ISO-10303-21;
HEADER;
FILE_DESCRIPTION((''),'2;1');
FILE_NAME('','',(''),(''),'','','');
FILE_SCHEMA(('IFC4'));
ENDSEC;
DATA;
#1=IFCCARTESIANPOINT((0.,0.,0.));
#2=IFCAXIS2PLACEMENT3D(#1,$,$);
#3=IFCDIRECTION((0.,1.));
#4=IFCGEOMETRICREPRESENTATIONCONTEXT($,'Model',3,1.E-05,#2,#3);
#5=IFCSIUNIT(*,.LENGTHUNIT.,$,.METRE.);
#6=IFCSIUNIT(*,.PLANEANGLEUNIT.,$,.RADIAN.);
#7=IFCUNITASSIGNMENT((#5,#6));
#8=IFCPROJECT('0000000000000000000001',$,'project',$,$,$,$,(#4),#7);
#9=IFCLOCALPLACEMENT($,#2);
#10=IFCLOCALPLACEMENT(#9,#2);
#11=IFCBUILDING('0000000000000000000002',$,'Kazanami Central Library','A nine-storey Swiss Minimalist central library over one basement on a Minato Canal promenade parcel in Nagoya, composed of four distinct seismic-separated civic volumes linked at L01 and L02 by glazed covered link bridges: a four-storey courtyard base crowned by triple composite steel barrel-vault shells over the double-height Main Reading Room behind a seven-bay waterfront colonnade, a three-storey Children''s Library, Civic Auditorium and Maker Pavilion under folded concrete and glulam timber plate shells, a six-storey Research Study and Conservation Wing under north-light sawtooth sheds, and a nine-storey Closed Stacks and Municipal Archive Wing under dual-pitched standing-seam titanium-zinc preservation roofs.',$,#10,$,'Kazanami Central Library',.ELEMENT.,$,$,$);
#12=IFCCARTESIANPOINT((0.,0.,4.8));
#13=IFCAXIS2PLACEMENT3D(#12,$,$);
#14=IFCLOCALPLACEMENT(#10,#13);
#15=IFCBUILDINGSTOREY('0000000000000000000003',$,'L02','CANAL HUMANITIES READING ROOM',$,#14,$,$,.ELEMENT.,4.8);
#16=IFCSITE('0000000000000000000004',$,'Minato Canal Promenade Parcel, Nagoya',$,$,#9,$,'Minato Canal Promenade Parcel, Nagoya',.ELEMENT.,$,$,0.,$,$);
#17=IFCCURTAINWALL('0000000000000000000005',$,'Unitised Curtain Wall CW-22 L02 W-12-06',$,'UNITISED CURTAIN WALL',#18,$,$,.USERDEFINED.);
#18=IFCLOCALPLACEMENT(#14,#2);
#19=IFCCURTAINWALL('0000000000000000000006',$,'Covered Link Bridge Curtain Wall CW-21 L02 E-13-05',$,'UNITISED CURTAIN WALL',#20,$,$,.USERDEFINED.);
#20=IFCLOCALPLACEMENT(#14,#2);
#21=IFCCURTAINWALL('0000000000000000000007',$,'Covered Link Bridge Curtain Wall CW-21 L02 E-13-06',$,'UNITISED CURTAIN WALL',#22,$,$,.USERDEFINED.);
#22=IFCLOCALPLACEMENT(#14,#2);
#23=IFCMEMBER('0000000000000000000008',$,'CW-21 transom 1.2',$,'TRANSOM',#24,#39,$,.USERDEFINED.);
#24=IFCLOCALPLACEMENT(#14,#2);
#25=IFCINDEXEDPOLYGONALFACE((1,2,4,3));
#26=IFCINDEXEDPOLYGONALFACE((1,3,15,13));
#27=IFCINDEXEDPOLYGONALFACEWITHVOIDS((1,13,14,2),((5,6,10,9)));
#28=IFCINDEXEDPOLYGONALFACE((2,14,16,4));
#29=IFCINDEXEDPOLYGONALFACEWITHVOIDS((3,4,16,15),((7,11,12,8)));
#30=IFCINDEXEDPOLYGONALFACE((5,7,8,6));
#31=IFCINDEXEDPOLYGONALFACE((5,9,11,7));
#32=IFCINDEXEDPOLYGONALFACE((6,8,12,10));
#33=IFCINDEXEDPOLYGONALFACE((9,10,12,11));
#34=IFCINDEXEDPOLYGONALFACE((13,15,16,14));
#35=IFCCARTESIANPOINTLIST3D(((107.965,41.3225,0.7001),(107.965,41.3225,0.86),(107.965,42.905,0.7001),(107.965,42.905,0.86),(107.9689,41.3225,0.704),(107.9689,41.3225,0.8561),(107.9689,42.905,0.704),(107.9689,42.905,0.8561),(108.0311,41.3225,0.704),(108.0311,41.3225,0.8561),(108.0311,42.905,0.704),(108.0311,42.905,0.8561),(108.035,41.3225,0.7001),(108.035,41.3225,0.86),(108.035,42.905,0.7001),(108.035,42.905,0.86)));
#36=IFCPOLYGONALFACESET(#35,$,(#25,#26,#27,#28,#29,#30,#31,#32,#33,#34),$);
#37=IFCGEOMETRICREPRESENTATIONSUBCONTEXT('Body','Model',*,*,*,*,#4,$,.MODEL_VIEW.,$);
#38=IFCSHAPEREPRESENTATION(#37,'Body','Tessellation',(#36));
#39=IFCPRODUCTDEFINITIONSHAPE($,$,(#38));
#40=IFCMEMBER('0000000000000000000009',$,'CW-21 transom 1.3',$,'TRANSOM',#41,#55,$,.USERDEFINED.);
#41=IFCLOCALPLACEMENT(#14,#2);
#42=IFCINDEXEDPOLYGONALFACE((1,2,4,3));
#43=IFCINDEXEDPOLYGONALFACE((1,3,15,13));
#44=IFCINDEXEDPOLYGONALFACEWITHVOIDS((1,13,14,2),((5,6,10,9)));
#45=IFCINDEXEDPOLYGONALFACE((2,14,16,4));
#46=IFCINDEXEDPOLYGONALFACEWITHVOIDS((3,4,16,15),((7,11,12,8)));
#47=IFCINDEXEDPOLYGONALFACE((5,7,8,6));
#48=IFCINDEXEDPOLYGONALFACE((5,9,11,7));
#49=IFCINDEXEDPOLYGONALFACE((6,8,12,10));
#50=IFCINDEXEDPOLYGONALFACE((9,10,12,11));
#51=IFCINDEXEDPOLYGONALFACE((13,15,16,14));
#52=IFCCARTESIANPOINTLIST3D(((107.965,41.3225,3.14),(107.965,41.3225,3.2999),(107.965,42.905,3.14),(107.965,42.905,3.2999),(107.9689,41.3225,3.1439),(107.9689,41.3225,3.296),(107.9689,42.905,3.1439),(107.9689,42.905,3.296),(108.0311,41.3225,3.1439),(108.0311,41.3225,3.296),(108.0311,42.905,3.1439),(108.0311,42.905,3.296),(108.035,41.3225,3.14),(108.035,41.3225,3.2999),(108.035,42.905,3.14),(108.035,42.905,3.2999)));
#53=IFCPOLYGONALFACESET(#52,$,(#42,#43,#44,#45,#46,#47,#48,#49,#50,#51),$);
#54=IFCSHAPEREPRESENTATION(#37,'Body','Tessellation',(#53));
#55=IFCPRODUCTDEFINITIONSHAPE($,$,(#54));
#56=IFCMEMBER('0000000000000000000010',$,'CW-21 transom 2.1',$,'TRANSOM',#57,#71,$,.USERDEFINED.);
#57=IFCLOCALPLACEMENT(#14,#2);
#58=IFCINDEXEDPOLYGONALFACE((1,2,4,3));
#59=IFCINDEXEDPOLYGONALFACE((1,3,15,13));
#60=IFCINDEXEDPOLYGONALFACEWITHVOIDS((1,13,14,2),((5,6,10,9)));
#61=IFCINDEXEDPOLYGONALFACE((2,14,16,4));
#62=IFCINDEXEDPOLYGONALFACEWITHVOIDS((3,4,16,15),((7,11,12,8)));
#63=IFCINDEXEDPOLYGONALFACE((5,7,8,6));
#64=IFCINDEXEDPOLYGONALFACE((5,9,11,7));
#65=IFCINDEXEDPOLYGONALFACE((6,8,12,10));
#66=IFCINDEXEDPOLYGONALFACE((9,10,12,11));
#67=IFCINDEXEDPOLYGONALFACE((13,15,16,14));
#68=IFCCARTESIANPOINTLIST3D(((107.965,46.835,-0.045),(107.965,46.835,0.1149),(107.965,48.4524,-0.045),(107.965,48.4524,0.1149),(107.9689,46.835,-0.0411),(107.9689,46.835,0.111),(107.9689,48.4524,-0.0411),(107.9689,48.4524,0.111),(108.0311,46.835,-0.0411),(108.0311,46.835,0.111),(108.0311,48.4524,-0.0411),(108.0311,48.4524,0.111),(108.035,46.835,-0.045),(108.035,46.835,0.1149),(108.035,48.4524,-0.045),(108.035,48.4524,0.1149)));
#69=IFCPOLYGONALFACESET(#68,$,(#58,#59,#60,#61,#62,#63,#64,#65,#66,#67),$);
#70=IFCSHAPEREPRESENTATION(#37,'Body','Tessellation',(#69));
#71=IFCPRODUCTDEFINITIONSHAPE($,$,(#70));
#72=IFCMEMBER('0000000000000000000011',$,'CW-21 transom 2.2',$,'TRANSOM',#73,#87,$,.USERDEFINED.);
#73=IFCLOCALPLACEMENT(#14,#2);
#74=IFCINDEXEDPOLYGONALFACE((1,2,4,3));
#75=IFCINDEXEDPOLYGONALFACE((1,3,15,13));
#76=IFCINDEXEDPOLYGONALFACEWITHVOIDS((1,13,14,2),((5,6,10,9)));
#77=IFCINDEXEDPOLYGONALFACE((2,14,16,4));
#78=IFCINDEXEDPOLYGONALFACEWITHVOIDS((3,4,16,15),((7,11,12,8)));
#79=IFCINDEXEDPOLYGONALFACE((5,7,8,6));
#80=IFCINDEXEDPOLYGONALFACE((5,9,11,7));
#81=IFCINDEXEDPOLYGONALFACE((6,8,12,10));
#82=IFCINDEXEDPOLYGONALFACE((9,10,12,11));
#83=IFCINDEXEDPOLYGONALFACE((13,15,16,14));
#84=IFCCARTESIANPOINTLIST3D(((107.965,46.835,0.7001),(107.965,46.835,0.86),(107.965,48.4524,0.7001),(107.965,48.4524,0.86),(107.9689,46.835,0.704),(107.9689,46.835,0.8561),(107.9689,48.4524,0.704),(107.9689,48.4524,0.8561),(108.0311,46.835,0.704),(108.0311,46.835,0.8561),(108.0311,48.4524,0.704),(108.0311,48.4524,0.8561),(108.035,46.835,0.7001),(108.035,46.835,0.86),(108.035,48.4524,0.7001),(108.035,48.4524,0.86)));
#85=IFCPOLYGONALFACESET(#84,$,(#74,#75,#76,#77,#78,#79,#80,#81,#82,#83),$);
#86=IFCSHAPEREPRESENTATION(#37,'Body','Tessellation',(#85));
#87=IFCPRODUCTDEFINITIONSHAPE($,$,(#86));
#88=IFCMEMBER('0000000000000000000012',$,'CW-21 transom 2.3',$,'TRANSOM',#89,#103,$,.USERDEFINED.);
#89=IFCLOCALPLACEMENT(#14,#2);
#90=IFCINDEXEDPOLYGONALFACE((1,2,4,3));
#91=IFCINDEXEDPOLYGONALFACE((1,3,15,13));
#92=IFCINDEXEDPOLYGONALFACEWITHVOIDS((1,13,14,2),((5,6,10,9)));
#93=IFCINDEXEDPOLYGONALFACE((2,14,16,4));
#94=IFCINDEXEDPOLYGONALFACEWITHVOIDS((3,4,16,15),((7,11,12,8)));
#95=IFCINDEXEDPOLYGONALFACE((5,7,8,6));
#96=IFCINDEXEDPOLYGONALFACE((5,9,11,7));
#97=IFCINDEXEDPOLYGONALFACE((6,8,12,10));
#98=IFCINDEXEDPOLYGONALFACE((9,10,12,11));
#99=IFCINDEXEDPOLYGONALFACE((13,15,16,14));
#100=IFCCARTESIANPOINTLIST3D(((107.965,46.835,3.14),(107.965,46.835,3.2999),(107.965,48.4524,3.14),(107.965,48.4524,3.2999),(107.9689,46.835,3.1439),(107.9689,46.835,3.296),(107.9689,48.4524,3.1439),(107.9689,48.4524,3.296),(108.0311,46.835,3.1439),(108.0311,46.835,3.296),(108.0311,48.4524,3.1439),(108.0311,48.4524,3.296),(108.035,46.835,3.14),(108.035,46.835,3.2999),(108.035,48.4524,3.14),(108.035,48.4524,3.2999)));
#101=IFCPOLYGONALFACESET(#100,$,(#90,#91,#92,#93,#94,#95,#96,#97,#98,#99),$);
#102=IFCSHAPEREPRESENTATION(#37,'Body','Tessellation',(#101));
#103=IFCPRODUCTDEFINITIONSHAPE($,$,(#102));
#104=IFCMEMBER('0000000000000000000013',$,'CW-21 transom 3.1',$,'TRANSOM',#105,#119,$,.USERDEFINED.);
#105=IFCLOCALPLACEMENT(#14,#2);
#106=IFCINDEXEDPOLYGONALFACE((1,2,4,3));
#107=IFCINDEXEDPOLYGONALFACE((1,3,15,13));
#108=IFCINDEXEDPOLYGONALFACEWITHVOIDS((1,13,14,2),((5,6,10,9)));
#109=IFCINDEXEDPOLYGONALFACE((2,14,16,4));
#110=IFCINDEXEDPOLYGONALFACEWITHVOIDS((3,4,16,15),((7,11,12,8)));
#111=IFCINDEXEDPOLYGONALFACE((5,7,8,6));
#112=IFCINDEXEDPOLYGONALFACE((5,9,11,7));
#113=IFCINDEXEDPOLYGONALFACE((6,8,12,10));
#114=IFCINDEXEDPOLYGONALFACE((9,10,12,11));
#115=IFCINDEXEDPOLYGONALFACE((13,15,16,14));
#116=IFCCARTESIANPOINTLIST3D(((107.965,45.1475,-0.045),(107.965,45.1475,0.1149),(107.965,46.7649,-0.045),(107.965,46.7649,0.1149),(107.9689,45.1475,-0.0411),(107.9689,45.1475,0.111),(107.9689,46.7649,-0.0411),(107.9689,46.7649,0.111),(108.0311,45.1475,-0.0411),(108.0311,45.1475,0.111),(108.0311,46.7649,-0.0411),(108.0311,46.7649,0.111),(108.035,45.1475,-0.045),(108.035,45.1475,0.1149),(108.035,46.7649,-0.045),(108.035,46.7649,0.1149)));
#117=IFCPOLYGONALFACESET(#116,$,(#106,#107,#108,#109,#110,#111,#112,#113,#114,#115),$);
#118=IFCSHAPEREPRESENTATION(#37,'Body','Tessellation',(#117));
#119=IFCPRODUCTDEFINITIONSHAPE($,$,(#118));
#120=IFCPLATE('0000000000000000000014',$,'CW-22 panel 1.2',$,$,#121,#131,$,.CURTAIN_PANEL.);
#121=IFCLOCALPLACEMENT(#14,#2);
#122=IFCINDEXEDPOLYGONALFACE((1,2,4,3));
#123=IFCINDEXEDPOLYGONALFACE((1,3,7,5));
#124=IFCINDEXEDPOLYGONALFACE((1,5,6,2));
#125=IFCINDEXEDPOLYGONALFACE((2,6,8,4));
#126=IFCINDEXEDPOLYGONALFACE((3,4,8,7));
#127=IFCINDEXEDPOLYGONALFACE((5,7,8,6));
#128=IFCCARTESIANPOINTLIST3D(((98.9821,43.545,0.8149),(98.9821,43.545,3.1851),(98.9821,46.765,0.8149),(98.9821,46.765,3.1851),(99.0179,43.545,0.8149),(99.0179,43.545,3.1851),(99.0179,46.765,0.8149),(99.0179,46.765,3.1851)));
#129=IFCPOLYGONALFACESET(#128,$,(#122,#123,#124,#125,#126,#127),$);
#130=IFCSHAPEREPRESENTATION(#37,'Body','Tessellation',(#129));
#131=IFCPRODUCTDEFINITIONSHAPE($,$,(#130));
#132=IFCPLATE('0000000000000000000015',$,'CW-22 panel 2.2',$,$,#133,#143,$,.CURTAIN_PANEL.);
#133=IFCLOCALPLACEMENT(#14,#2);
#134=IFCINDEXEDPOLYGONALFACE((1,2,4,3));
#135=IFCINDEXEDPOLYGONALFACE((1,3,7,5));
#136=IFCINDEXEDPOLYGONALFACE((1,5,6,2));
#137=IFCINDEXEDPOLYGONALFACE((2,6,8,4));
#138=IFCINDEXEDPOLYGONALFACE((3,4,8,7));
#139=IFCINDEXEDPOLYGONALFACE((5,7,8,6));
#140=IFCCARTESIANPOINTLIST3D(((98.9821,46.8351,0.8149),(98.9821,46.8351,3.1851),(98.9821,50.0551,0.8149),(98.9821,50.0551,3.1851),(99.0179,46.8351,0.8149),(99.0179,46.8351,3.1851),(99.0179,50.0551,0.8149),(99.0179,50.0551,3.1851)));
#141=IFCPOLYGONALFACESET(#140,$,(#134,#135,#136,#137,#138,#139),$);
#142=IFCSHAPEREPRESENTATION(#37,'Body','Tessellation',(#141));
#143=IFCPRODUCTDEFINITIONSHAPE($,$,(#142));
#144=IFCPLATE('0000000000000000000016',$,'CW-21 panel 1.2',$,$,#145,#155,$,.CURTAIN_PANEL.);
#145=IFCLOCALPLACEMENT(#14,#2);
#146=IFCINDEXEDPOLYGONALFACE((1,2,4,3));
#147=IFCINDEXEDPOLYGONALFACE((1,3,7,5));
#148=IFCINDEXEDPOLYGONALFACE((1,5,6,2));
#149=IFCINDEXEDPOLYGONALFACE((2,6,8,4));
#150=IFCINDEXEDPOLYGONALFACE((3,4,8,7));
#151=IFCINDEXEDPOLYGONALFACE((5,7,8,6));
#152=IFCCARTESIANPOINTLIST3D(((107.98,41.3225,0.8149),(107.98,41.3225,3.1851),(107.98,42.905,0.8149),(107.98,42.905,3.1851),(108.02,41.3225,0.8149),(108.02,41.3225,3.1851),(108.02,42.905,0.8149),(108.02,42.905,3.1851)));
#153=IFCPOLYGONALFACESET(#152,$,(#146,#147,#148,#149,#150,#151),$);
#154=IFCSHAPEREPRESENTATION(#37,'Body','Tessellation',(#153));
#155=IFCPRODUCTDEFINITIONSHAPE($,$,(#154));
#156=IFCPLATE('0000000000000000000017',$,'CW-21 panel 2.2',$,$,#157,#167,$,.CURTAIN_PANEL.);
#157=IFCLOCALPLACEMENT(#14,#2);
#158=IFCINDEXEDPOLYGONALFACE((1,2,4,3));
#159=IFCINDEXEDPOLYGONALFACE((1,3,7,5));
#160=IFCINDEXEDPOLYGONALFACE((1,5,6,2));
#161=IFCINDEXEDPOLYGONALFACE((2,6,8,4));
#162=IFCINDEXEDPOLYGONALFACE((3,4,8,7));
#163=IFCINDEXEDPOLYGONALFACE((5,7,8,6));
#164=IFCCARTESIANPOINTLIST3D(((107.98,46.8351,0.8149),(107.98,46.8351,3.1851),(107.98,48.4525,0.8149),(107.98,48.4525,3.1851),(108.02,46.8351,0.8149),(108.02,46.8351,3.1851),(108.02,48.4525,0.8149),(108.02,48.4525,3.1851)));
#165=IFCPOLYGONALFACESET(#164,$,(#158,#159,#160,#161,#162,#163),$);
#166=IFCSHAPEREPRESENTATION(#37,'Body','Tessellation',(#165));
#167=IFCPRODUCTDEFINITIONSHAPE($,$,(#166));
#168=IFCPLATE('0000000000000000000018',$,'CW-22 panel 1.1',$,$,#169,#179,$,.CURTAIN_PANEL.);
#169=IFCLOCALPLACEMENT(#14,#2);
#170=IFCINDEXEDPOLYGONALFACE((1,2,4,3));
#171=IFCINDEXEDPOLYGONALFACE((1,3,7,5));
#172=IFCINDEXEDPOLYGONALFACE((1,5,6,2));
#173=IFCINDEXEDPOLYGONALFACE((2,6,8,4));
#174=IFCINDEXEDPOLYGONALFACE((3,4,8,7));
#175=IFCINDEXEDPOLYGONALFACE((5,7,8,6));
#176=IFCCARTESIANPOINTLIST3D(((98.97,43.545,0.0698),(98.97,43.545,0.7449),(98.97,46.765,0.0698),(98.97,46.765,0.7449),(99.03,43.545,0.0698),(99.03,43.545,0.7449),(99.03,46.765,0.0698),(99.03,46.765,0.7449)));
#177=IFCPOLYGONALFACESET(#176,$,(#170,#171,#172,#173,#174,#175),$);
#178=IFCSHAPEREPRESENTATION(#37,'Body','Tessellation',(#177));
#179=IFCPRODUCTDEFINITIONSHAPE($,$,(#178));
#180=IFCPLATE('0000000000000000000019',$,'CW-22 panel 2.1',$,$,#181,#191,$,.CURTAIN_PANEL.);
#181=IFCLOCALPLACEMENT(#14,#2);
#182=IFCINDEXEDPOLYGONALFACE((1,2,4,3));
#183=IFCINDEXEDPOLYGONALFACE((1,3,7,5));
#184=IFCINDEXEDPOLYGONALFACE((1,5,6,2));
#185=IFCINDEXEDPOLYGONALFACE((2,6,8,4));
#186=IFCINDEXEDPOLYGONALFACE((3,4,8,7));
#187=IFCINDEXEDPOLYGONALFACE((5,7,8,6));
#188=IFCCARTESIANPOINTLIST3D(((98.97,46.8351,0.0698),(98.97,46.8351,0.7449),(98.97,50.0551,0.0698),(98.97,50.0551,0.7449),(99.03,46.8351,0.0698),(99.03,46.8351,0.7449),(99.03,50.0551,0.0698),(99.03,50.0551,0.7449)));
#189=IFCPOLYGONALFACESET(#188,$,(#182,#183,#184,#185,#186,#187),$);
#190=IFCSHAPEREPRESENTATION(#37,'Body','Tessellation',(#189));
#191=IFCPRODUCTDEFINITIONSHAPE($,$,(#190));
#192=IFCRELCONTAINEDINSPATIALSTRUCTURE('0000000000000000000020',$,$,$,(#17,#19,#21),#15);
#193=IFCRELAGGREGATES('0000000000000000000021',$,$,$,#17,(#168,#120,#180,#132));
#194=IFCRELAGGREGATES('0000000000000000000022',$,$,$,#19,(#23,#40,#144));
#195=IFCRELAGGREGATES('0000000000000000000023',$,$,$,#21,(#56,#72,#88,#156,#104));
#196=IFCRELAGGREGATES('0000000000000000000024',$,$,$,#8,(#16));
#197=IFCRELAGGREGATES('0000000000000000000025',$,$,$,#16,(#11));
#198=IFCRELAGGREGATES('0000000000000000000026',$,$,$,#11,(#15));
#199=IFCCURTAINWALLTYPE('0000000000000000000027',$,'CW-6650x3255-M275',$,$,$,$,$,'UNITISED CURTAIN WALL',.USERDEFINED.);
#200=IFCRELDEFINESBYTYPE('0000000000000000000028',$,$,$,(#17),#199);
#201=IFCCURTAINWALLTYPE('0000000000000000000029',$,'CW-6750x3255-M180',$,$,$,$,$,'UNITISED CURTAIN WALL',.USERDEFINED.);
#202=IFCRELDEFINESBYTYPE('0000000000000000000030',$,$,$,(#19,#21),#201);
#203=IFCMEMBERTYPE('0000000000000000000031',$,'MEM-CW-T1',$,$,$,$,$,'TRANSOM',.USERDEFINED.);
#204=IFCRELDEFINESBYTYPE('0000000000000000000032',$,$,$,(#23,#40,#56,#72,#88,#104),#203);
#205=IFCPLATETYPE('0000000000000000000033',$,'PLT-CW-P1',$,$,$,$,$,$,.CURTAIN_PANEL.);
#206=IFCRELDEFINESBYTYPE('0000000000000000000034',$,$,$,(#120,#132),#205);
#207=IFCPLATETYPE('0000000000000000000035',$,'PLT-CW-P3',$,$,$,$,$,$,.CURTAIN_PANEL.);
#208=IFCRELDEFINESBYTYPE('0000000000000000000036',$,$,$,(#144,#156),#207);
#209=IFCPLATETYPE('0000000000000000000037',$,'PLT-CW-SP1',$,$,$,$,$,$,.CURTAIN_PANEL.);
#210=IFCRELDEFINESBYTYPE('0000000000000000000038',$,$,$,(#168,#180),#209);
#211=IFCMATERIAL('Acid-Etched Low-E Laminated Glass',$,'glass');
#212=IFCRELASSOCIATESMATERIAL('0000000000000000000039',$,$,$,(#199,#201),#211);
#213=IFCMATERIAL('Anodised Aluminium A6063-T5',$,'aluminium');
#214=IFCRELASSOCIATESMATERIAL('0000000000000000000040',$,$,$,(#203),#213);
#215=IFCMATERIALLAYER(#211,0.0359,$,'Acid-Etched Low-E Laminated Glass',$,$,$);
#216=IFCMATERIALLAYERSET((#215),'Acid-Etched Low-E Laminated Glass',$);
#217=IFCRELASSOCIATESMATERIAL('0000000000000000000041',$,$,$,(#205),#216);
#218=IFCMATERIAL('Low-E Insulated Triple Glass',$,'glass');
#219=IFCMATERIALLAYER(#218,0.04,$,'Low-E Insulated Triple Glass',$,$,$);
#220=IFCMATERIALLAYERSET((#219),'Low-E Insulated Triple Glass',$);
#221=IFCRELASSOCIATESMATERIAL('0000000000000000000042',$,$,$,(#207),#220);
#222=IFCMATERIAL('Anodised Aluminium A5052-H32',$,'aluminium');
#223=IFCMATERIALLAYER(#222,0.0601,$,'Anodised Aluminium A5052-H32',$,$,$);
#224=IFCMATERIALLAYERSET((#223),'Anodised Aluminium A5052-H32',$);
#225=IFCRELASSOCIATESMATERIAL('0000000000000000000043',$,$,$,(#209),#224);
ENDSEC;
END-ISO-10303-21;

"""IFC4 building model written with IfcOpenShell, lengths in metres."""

from ifc_helpers import new_model, si_unit, direction, frame, origin, origin_2d, place, context, subcontext, project, spatial, rectangle, hollow_rectangle, extrude, material, layer, layer_set, material_profile, profile_set, type_object, element, aggregate, save


model = new_model("IFC4")

# Units and contexts
model_context = context("Model", 3, precision=1e-05, world=origin(), true_north=direction((0.0, 1.0)))
body_context = subcontext(model_context, "Body", "Model", "MODEL_VIEW")
ifc_project = project(units=[si_unit("LENGTHUNIT", "METRE"), si_unit("PLANEANGLEUNIT", "RADIAN")], contexts=[model_context])

# Site, building, storey
site_placement = place(None, origin())
site = spatial("IfcSite", under=ifc_project, at=site_placement, Name="Minato Canal Promenade Parcel, Nagoya", LongName="Minato Canal Promenade Parcel, Nagoya", CompositionType="ELEMENT", RefElevation=0.0)
building_placement = place(site_placement, origin())
building = spatial("IfcBuilding", under=site, at=building_placement, Name="Kazanami Central Library", Description="A nine-storey Swiss Minimalist central library over one basement on a Minato Canal promenade parcel in Nagoya, composed of four distinct seismic-separated civic volumes linked at L01 and L02 by glazed covered link bridges: a four-storey courtyard base crowned by triple composite steel barrel-vault shells over the double-height Main Reading Room behind a seven-bay waterfront colonnade, a three-storey Children's Library, Civic Auditorium and Maker Pavilion under folded concrete and glulam timber plate shells, a six-storey Research Study and Conservation Wing under north-light sawtooth sheds, and a nine-storey Closed Stacks and Municipal Archive Wing under dual-pitched standing-seam titanium-zinc preservation roofs.", LongName="Kazanami Central Library", CompositionType="ELEMENT")
storey_placement = place(building_placement, frame((0.0, 0.0, 4.8)))
storey = spatial("IfcBuildingStorey", under=building, at=storey_placement, Name="L02", Description="CANAL HUMANITIES READING ROOM", CompositionType="ELEMENT", Elevation=4.8)

# Curtain walls
ifc_material_1 = material(Name="Acid-Etched Low-E Laminated Glass", Category="glass")
curtain_wall_type_1 = type_object("IfcCurtainWallType", Name="CW-6650x3255-M275", ElementType="UNITISED CURTAIN WALL", PredefinedType="USERDEFINED", material=ifc_material_1)
curtain_wall_1_placement = place(storey_placement, origin())
curtain_wall_1 = element("IfcCurtainWall", 1, at=curtain_wall_1_placement, inside=storey, type_object=curtain_wall_type_1, Name="Unitised Curtain Wall CW-22 L02 W-12-06", ObjectType="UNITISED CURTAIN WALL", PredefinedType="USERDEFINED")
ifc_material_2 = material(Name="Anodised Aluminium A6063-T5", Category="aluminium")
curtain_wall_type_2 = type_object("IfcCurtainWallType", Name="CW-6750x3255-M180", ElementType="UNITISED CURTAIN WALL", PredefinedType="USERDEFINED", material=ifc_material_1)
curtain_wall_2_placement = place(storey_placement, origin())
curtain_wall_2 = element("IfcCurtainWall", 2, at=curtain_wall_2_placement, inside=storey, type_object=curtain_wall_type_2, Name="Covered Link Bridge Curtain Wall CW-21 L02 E-13-05", ObjectType="UNITISED CURTAIN WALL", PredefinedType="USERDEFINED")
curtain_wall_3_placement = place(storey_placement, origin())
curtain_wall_3 = element("IfcCurtainWall", 3, at=curtain_wall_3_placement, inside=storey, type_object=curtain_wall_type_2, Name="Covered Link Bridge Curtain Wall CW-21 L02 E-13-06", ObjectType="UNITISED CURTAIN WALL", PredefinedType="USERDEFINED")

# Members
ifc_material_profile_1 = material_profile(ifc_material_2, hollow_rectangle(XDim=0.0701, YDim=0.1599, WallThickness=0.0039, at=origin_2d()), Name="ALU-TRAN-70x160x4")
ifc_profile_set_1 = profile_set([ifc_material_profile_1], Name="Anodised Aluminium A6063-T5")
member_type_1 = type_object("IfcMemberType", Name="MEM-CW-T1", ElementType="TRANSOM", PredefinedType="USERDEFINED", material=ifc_profile_set_1)
member_1_placement = place(storey_placement, frame((108.0, 42.905, 0.78), z_axis=(0.0, -1.0, 0.0), x_axis=(1.0, 0.0, 0.0)))
member_1 = element("IfcMember", 4, at=member_1_placement, type_object=member_type_1, Name="CW-21 transom 1.2", ObjectType="TRANSOM", PredefinedType="USERDEFINED", context=body_context, shape_type="SweptSolid", body=[
    extrude(hollow_rectangle(XDim=0.0701, YDim=0.1599, WallThickness=0.0039, at=origin_2d()), origin(), (0.0, 0.0, 1.0), 1.5825),
])
member_2_placement = place(storey_placement, frame((108.0, 42.905, 3.22), z_axis=(0.0, -1.0, 0.0), x_axis=(1.0, 0.0, 0.0)))
member_2 = element("IfcMember", 5, at=member_2_placement, type_object=member_type_1, Name="CW-21 transom 1.3", ObjectType="TRANSOM", PredefinedType="USERDEFINED", context=body_context, shape_type="SweptSolid", body=[
    extrude(hollow_rectangle(XDim=0.0701, YDim=0.1599, WallThickness=0.0039, at=origin_2d()), origin(), (0.0, 0.0, 1.0), 1.5825),
])
member_3_placement = place(storey_placement, frame((108.0, 48.4524, 0.0349), z_axis=(0.0, -1.0, 0.0), x_axis=(1.0, 0.0, 0.0)))
member_3 = element("IfcMember", 6, at=member_3_placement, type_object=member_type_1, Name="CW-21 transom 2.1", ObjectType="TRANSOM", PredefinedType="USERDEFINED", context=body_context, shape_type="SweptSolid", body=[
    extrude(hollow_rectangle(XDim=0.0701, YDim=0.1599, WallThickness=0.0039, at=origin_2d()), origin(), (0.0, 0.0, 1.0), 1.6174),
])
member_4_placement = place(storey_placement, frame((108.0, 48.4524, 0.78), z_axis=(0.0, -1.0, 0.0), x_axis=(1.0, 0.0, 0.0)))
member_4 = element("IfcMember", 7, at=member_4_placement, type_object=member_type_1, Name="CW-21 transom 2.2", ObjectType="TRANSOM", PredefinedType="USERDEFINED", context=body_context, shape_type="SweptSolid", body=[
    extrude(hollow_rectangle(XDim=0.0701, YDim=0.1599, WallThickness=0.0039, at=origin_2d()), origin(), (0.0, 0.0, 1.0), 1.6174),
])
member_5_placement = place(storey_placement, frame((108.0, 48.4524, 3.22), z_axis=(0.0, -1.0, 0.0), x_axis=(1.0, 0.0, 0.0)))
member_5 = element("IfcMember", 8, at=member_5_placement, type_object=member_type_1, Name="CW-21 transom 2.3", ObjectType="TRANSOM", PredefinedType="USERDEFINED", context=body_context, shape_type="SweptSolid", body=[
    extrude(hollow_rectangle(XDim=0.0701, YDim=0.1599, WallThickness=0.0039, at=origin_2d()), origin(), (0.0, 0.0, 1.0), 1.6174),
])
member_6_placement = place(storey_placement, frame((108.0, 46.7649, 0.0349), z_axis=(0.0, -1.0, 0.0), x_axis=(1.0, 0.0, 0.0)))
member_6 = element("IfcMember", 9, at=member_6_placement, type_object=member_type_1, Name="CW-21 transom 3.1", ObjectType="TRANSOM", PredefinedType="USERDEFINED", context=body_context, shape_type="SweptSolid", body=[
    extrude(hollow_rectangle(XDim=0.0701, YDim=0.1599, WallThickness=0.0039, at=origin_2d()), origin(), (0.0, 0.0, 1.0), 1.6174),
])

# Plates
ifc_layer_1 = layer(ifc_material_1, 0.0359, Name="Acid-Etched Low-E Laminated Glass")
ifc_layer_set_1 = layer_set([ifc_layer_1], Name="Acid-Etched Low-E Laminated Glass")
plate_type_1 = type_object("IfcPlateType", Name="PLT-CW-P1", PredefinedType="CURTAIN_PANEL", material=ifc_layer_set_1)
plate_1_placement = place(storey_placement, frame((99.0, 45.155, 0.8149), z_axis=(0.0, 0.0, 1.0), x_axis=(0.0, 1.0, 0.0)))
plate_1 = element("IfcPlate", 10, at=plate_1_placement, type_object=plate_type_1, Name="CW-22 panel 1.2", PredefinedType="CURTAIN_PANEL", context=body_context, shape_type="SweptSolid", body=[
    extrude(rectangle(XDim=3.22, YDim=0.0359, at=origin_2d()), origin(), (0.0, 0.0, 1.0), 2.3701),
])
plate_2_placement = place(storey_placement, frame((99.0, 48.4451, 0.8149), z_axis=(0.0, 0.0, 1.0), x_axis=(0.0, 1.0, 0.0)))
plate_2 = element("IfcPlate", 11, at=plate_2_placement, type_object=plate_type_1, Name="CW-22 panel 2.2", PredefinedType="CURTAIN_PANEL", context=body_context, shape_type="SweptSolid", body=[
    extrude(rectangle(XDim=3.22, YDim=0.0359, at=origin_2d()), origin(), (0.0, 0.0, 1.0), 2.3701),
])
ifc_material_3 = material(Name="Low-E Insulated Triple Glass", Category="glass")
ifc_layer_2 = layer(ifc_material_3, 0.04, Name="Low-E Insulated Triple Glass")
ifc_layer_set_2 = layer_set([ifc_layer_2], Name="Low-E Insulated Triple Glass")
plate_type_2 = type_object("IfcPlateType", Name="PLT-CW-P3", PredefinedType="CURTAIN_PANEL", material=ifc_layer_set_2)
plate_3_placement = place(storey_placement, frame((108.0, 42.1138, 0.8149), z_axis=(0.0, 0.0, 1.0), x_axis=(0.0, -1.0, 0.0)))
plate_3 = element("IfcPlate", 12, at=plate_3_placement, type_object=plate_type_2, Name="CW-21 panel 1.2", PredefinedType="CURTAIN_PANEL", context=body_context, shape_type="SweptSolid", body=[
    extrude(rectangle(XDim=1.5825, YDim=0.04, at=origin_2d()), origin(), (0.0, 0.0, 1.0), 2.3701),
])
plate_4_placement = place(storey_placement, frame((108.0, 47.6438, 0.8149), z_axis=(0.0, 0.0, 1.0), x_axis=(0.0, -1.0, 0.0)))
plate_4 = element("IfcPlate", 13, at=plate_4_placement, type_object=plate_type_2, Name="CW-21 panel 2.2", PredefinedType="CURTAIN_PANEL", context=body_context, shape_type="SweptSolid", body=[
    extrude(rectangle(XDim=1.6174, YDim=0.04, at=origin_2d()), origin(), (0.0, 0.0, 1.0), 2.3701),
])
ifc_material_4 = material(Name="Anodised Aluminium A5052-H32", Category="aluminium")
ifc_layer_3 = layer(ifc_material_4, 0.0601, Name="Anodised Aluminium A5052-H32")
ifc_layer_set_3 = layer_set([ifc_layer_3], Name="Anodised Aluminium A5052-H32")
plate_type_3 = type_object("IfcPlateType", Name="PLT-CW-SP1", PredefinedType="CURTAIN_PANEL", material=ifc_layer_set_3)
plate_5_placement = place(storey_placement, frame((99.0, 45.155, 0.0698), z_axis=(0.0, 0.0, 1.0), x_axis=(0.0, 1.0, 0.0)))
plate_5 = element("IfcPlate", 14, at=plate_5_placement, type_object=plate_type_3, Name="CW-22 panel 1.1", PredefinedType="CURTAIN_PANEL", context=body_context, shape_type="SweptSolid", body=[
    extrude(rectangle(XDim=3.22, YDim=0.0601, at=origin_2d()), origin(), (0.0, 0.0, 1.0), 0.675),
])
plate_6_placement = place(storey_placement, frame((99.0, 48.4451, 0.0698), z_axis=(0.0, 0.0, 1.0), x_axis=(0.0, 1.0, 0.0)))
plate_6 = element("IfcPlate", 15, at=plate_6_placement, type_object=plate_type_3, Name="CW-22 panel 2.1", PredefinedType="CURTAIN_PANEL", context=body_context, shape_type="SweptSolid", body=[
    extrude(rectangle(XDim=3.22, YDim=0.0601, at=origin_2d()), origin(), (0.0, 0.0, 1.0), 0.675),
])
aggregate(curtain_wall_1, [plate_5, plate_1, plate_6, plate_2])
aggregate(curtain_wall_2, [member_1, member_2, plate_3])
aggregate(curtain_wall_3, [member_3, member_4, member_5, plate_4, member_6])

save(model, "model.ifc")
